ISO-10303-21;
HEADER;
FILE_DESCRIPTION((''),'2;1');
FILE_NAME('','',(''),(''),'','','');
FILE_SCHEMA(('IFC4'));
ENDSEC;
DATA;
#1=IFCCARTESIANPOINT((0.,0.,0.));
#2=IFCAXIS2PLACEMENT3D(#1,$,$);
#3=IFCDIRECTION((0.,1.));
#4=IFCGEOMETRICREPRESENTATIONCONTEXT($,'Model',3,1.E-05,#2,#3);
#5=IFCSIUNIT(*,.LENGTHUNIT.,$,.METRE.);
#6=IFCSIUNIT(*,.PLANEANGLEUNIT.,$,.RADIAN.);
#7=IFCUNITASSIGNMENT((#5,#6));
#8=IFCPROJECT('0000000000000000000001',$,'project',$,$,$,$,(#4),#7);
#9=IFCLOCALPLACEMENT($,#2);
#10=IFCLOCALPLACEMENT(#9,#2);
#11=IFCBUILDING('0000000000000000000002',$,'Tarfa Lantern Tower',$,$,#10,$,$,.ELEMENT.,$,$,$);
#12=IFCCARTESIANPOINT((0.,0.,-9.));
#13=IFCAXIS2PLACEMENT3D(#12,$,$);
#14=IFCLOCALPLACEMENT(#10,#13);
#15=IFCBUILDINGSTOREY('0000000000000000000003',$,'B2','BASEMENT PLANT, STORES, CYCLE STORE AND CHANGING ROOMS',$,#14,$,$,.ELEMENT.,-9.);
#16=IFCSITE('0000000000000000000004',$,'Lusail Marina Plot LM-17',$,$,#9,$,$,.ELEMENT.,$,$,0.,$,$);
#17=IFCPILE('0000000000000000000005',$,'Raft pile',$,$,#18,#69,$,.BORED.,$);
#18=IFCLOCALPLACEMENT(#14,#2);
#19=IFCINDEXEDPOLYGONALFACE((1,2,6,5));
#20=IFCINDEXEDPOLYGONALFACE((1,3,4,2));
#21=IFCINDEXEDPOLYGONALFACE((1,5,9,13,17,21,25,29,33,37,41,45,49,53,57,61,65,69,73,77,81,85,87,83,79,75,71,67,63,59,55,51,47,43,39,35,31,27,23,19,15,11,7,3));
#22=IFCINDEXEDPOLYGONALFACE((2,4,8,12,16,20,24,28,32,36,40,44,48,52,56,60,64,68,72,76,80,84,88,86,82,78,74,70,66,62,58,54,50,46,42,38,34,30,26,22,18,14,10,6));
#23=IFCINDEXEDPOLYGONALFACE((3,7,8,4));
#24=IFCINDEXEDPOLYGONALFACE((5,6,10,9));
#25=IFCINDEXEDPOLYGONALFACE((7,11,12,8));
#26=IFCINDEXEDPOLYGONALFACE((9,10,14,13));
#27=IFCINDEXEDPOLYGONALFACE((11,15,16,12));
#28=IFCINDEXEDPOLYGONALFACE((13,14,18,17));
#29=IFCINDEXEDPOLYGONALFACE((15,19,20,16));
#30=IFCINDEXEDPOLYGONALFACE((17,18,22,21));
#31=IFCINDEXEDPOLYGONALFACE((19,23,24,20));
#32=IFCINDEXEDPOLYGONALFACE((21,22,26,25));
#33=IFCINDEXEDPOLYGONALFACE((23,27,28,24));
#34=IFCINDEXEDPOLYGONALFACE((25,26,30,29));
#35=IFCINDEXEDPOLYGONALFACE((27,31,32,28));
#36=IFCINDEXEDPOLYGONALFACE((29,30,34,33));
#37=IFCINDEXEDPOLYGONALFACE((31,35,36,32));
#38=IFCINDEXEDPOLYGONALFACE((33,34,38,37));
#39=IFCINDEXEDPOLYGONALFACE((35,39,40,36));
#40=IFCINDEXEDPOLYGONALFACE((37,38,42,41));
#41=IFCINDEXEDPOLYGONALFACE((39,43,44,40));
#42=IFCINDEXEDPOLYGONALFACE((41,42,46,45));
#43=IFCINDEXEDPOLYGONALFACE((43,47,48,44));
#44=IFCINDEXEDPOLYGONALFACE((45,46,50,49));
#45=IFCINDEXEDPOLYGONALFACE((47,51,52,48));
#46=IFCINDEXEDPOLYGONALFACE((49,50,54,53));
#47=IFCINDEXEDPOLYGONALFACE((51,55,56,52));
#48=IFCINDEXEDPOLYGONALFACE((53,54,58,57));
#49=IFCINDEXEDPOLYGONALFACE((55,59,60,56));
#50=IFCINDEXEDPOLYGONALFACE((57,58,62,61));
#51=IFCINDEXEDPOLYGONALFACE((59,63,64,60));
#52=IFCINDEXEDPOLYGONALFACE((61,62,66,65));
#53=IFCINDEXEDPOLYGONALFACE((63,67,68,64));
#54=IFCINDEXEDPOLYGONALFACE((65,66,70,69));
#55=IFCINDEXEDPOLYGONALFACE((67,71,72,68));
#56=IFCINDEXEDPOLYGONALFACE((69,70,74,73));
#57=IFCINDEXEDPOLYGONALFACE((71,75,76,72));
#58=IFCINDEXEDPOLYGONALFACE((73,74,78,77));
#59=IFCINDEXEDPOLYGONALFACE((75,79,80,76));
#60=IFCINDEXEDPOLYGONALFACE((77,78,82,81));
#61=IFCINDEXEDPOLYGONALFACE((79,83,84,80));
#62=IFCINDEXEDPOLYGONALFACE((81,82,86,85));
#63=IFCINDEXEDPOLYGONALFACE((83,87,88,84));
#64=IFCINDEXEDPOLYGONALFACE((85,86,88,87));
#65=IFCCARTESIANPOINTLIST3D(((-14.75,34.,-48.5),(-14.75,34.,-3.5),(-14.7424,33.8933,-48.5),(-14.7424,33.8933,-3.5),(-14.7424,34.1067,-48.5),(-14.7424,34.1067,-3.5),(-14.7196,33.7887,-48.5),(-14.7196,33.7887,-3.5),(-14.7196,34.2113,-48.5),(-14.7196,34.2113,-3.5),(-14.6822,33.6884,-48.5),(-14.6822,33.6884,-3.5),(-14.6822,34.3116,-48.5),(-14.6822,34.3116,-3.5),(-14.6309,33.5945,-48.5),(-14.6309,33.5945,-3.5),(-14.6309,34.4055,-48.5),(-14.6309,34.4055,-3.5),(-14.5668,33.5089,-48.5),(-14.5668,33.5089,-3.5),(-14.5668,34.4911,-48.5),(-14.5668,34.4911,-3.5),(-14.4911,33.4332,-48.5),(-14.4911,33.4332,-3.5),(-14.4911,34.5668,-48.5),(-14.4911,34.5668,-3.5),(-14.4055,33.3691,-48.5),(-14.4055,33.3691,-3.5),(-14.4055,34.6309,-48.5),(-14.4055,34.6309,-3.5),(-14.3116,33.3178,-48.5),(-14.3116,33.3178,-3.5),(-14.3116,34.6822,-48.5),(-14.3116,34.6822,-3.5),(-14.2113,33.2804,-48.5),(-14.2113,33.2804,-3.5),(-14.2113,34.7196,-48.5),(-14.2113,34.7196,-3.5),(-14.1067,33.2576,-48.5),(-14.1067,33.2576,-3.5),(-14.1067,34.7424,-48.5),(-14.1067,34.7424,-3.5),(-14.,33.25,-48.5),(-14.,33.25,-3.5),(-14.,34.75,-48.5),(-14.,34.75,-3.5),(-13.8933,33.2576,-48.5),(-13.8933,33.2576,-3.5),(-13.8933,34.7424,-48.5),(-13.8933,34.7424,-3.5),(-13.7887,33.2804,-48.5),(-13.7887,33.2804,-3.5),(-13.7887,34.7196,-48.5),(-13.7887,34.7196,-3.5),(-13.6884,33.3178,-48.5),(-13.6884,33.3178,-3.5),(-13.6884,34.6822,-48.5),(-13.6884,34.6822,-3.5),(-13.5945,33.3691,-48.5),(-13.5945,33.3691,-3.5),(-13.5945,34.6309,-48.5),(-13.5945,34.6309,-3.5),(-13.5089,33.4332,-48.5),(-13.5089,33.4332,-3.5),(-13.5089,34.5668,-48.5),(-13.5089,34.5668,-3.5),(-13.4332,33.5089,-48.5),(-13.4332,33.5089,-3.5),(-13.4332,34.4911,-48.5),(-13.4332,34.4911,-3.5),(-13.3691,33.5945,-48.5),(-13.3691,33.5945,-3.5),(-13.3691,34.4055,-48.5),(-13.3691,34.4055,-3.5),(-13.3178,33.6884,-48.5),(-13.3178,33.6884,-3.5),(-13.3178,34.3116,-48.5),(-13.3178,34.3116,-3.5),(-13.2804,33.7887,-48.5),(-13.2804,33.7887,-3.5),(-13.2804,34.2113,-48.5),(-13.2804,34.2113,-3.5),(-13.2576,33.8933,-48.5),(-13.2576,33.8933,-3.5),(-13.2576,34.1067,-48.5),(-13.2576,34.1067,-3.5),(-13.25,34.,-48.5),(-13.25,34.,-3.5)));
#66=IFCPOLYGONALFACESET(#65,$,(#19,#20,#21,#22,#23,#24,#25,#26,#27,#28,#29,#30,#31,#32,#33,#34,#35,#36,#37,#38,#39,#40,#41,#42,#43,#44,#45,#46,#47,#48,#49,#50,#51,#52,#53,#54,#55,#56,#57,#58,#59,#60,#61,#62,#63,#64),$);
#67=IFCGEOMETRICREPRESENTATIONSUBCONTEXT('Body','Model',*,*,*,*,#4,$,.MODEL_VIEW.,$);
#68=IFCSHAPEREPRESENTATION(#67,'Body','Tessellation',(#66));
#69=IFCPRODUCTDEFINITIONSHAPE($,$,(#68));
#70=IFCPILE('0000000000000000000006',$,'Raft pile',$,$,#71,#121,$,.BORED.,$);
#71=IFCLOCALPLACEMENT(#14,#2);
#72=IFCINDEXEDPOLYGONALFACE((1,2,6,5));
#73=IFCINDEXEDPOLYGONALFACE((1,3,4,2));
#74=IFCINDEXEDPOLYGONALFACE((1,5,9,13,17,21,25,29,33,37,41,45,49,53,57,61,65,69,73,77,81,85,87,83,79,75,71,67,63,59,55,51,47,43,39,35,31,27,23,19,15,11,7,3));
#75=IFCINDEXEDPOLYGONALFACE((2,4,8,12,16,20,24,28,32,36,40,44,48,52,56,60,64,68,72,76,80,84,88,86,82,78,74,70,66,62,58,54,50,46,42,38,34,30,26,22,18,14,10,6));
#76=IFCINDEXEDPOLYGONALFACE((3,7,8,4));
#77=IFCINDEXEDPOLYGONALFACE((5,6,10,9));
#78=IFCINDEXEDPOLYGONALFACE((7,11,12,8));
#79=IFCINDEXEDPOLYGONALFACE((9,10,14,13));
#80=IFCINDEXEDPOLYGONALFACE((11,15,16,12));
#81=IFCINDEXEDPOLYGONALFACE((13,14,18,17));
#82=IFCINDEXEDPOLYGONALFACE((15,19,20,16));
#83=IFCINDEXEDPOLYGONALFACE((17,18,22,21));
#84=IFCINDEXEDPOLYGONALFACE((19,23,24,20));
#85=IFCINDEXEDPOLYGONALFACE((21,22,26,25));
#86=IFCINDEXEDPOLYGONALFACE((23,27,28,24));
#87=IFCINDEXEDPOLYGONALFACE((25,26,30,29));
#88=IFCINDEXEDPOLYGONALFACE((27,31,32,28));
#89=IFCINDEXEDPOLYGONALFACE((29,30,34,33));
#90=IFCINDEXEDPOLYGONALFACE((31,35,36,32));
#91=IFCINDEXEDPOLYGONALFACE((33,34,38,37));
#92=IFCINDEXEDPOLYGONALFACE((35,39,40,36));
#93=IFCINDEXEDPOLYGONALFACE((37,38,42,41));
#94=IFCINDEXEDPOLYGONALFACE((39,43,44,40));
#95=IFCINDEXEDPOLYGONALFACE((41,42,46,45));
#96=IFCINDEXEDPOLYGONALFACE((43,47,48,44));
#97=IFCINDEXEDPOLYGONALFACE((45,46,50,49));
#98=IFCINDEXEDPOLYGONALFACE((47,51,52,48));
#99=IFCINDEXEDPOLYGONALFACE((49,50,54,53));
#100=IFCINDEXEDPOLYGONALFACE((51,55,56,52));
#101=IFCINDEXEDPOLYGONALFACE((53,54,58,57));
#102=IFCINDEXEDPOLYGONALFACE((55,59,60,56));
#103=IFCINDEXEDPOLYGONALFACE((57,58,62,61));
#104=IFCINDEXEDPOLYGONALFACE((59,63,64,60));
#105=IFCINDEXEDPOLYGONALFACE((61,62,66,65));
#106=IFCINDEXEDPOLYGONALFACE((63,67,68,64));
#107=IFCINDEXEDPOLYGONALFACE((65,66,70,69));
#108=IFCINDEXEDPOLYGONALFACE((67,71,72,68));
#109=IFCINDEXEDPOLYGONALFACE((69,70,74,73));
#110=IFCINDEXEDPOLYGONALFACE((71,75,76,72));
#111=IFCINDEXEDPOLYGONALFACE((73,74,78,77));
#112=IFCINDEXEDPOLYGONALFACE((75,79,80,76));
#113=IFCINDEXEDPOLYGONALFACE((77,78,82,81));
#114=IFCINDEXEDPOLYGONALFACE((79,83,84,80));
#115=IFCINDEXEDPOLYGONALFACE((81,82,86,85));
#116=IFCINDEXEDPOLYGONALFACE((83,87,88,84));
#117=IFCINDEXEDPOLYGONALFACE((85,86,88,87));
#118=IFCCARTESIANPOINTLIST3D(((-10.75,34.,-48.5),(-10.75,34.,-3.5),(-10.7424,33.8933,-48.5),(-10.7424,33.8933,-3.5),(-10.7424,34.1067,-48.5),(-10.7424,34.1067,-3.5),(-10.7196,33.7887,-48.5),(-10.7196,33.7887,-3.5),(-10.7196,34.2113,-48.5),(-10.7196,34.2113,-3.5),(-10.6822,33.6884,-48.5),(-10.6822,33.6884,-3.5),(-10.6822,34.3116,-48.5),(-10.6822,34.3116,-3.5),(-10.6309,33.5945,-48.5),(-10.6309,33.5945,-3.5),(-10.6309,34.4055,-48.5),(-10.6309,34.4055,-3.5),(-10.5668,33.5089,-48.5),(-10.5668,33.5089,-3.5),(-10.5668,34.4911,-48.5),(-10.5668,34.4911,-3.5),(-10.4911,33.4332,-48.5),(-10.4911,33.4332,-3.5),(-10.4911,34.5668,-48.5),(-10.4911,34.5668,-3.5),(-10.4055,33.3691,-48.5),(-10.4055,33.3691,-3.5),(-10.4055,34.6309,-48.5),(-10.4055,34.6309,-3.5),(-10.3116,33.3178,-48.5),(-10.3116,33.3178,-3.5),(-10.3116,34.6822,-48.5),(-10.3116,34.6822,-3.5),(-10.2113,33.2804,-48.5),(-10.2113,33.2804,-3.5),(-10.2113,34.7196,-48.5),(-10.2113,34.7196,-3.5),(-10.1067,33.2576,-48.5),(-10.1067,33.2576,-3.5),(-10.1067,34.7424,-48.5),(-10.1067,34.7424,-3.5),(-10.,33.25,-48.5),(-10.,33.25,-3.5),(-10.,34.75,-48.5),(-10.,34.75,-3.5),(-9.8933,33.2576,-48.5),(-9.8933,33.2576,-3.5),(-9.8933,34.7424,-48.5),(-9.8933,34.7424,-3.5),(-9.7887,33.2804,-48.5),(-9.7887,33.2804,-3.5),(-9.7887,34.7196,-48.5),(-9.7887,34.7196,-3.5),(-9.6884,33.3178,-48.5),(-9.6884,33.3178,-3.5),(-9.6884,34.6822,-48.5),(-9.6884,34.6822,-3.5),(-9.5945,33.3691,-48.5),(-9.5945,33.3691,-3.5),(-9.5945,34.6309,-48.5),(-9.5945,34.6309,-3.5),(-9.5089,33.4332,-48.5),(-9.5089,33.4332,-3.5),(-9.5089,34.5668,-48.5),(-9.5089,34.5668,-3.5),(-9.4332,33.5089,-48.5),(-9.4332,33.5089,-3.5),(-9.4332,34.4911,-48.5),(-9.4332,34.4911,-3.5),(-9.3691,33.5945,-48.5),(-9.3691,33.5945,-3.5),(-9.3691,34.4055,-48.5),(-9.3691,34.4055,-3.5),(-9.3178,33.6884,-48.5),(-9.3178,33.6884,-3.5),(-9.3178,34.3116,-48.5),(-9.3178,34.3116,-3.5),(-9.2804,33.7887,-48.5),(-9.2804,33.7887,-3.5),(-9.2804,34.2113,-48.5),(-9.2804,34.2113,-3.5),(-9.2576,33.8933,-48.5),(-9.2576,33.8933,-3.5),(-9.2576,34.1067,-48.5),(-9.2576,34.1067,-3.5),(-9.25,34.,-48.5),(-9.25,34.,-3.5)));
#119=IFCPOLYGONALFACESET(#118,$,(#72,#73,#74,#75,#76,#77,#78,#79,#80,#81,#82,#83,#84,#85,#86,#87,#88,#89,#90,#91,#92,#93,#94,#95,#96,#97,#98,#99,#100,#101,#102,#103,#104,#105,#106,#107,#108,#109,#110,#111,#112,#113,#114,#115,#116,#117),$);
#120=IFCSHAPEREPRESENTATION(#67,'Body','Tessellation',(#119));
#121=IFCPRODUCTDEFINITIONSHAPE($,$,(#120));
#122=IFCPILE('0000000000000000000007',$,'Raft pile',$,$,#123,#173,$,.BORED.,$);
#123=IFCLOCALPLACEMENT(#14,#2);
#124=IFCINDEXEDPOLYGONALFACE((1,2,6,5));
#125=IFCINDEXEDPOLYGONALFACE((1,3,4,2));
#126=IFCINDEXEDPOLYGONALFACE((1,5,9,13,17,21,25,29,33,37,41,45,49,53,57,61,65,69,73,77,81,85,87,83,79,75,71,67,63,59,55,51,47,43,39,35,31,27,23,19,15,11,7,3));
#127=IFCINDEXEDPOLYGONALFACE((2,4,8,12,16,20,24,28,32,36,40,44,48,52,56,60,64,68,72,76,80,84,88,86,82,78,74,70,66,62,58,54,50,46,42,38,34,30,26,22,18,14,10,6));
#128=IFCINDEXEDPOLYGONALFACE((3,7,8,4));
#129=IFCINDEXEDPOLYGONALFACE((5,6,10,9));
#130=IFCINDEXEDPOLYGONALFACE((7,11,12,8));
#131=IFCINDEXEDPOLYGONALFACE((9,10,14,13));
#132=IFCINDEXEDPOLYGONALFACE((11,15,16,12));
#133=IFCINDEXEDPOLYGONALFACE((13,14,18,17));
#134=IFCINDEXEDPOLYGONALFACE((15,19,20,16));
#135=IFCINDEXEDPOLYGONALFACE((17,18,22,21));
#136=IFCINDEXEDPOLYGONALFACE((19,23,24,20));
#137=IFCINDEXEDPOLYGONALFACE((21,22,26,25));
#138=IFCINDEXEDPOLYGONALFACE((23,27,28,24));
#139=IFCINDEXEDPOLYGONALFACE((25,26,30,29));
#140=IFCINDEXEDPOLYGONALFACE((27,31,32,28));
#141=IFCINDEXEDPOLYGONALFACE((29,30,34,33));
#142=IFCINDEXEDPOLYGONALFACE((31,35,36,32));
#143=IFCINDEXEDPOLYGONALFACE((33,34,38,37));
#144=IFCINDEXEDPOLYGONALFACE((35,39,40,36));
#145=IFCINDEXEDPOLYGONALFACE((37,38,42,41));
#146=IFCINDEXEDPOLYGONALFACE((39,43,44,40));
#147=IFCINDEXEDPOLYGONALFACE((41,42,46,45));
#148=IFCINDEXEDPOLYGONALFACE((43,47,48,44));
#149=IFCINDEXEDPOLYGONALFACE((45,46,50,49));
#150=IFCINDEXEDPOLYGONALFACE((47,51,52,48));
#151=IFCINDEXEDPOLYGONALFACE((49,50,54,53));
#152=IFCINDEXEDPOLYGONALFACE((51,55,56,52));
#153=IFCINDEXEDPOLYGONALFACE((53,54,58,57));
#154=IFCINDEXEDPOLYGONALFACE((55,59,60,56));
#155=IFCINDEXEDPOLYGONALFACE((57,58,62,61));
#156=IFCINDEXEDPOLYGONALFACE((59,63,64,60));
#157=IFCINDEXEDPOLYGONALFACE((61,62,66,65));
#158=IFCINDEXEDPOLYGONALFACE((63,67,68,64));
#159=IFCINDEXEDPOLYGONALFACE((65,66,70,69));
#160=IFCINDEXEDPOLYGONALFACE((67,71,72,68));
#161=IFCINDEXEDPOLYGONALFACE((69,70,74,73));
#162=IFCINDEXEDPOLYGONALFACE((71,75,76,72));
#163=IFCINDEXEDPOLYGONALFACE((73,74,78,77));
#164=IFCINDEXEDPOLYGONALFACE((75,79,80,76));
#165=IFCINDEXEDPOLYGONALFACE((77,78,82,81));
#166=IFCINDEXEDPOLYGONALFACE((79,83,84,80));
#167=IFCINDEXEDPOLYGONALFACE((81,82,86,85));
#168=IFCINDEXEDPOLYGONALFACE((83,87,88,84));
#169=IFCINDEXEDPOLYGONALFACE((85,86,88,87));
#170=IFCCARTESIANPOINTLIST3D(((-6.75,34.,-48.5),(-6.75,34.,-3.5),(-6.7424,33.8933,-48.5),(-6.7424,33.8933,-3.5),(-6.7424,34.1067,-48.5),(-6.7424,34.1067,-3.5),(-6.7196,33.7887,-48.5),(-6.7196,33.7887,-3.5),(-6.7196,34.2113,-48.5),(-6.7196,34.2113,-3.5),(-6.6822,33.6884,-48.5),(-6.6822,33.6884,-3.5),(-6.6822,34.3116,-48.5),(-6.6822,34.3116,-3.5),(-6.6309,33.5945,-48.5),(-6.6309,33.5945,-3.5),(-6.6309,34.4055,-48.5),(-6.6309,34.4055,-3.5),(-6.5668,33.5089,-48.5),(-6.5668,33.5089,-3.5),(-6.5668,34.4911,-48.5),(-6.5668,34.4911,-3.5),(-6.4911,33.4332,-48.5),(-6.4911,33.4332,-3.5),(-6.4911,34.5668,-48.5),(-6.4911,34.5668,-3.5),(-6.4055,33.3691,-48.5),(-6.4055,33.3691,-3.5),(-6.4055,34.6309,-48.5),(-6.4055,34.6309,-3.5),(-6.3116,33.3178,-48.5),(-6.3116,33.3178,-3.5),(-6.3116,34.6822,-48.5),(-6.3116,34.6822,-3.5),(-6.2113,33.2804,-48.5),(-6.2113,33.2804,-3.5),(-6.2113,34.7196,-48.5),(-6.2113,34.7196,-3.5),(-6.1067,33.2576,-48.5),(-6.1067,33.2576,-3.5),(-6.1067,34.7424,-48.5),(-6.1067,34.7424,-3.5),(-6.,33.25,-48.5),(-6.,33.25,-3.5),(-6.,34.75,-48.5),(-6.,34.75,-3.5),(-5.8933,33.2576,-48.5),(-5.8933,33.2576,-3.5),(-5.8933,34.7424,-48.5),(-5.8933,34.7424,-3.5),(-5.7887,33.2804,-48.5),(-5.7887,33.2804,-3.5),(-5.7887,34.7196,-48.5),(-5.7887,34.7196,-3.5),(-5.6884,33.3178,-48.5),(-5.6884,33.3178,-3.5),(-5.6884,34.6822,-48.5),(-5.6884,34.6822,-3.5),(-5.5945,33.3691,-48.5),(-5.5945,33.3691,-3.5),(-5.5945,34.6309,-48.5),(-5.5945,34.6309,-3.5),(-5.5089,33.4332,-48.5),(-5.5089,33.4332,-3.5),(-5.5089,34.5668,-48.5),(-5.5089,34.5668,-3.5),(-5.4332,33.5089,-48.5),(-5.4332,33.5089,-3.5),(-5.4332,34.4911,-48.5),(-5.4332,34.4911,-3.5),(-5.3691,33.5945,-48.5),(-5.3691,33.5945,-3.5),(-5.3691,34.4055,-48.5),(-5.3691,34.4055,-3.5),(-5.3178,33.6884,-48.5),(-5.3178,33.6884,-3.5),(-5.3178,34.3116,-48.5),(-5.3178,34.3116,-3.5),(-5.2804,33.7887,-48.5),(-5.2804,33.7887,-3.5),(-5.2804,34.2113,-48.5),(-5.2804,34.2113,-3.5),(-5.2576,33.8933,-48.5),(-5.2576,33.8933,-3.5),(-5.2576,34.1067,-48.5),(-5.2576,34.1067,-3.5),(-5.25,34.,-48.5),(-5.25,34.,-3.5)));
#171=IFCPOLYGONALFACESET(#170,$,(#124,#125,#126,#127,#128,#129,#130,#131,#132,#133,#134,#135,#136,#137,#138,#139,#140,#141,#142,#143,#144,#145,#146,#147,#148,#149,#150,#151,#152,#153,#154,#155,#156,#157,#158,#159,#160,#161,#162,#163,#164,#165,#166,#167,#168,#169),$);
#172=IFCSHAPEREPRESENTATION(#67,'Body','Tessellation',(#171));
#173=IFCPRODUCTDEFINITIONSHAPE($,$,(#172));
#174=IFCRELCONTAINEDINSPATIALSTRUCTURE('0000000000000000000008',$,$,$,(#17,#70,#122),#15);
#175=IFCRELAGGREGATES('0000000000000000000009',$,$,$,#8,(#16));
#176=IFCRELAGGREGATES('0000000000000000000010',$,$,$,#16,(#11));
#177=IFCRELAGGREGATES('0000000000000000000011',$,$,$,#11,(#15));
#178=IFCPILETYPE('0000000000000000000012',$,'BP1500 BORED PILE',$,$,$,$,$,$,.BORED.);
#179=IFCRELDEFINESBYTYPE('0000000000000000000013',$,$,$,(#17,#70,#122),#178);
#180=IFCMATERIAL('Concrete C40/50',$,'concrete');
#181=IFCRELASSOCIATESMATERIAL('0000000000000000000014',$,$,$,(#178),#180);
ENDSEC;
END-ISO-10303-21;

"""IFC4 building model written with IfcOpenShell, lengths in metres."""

from ifc_helpers import new_model, si_unit, direction, frame, origin, origin_2d, place, context, subcontext, project, spatial, circle, extrude, material, material_profile, profile_set, type_object, element, save


model = new_model("IFC4")

# Units and contexts
model_context = context("Model", 3, precision=1e-05, world=origin(), true_north=direction((0.0, 1.0)))
body_context = subcontext(model_context, "Body", "Model", "MODEL_VIEW")
ifc_project = project(units=[si_unit("LENGTHUNIT", "METRE"), si_unit("PLANEANGLEUNIT", "RADIAN")], contexts=[model_context])

# Site, building, storey
site_placement = place(None, origin())
site = spatial("IfcSite", under=ifc_project, at=site_placement, Name="Lusail Marina Plot LM-17", CompositionType="ELEMENT", RefElevation=0.0)
building_placement = place(site_placement, origin())
building = spatial("IfcBuilding", under=site, at=building_placement, Name="Tarfa Lantern Tower", CompositionType="ELEMENT")
storey_placement = place(building_placement, frame((0.0, 0.0, -9.0)))
storey = spatial("IfcBuildingStorey", under=building, at=storey_placement, Name="B2", Description="BASEMENT PLANT, STORES, CYCLE STORE AND CHANGING ROOMS", CompositionType="ELEMENT", Elevation=-9.0)

# Piles
ifc_material_1 = material(Name="Concrete C40/50", Category="concrete")
ifc_material_profile_1 = material_profile(ifc_material_1, circle(Radius=0.75, at=origin_2d()), Name="BORED PILE D1500")
ifc_profile_set_1 = profile_set([ifc_material_profile_1], Name="Concrete C40/50")
pile_type_1 = type_object("IfcPileType", Name="BP1500 BORED PILE", PredefinedType="BORED", material=ifc_profile_set_1)
for number, where, z_axis, x_axis, name in (
    (1, (-14.0, 34.0, -3.5), (0.0, 0.0, -1.0), (1.0, 0.0, 0.0), "Raft pile"),
    (2, (-10.0, 34.0, -3.5), (0.0, 0.0, -1.0), (1.0, 0.0, 0.0), "Raft pile"),
    (3, (-6.0, 34.0, -3.5), (0.0, 0.0, -1.0), (1.0, 0.0, 0.0), "Raft pile"),
):
    element("IfcPile", number, at=place(storey_placement, frame(where, z_axis=z_axis, x_axis=x_axis)), inside=storey, type_object=pile_type_1, Name=name, PredefinedType="BORED", context=body_context, shape_type="SweptSolid", body=[
        extrude(circle(Radius=0.75, at=origin_2d()), origin(), (0.0, 0.0, 1.0), 45.0),
    ])

save(model, "model.ifc")
